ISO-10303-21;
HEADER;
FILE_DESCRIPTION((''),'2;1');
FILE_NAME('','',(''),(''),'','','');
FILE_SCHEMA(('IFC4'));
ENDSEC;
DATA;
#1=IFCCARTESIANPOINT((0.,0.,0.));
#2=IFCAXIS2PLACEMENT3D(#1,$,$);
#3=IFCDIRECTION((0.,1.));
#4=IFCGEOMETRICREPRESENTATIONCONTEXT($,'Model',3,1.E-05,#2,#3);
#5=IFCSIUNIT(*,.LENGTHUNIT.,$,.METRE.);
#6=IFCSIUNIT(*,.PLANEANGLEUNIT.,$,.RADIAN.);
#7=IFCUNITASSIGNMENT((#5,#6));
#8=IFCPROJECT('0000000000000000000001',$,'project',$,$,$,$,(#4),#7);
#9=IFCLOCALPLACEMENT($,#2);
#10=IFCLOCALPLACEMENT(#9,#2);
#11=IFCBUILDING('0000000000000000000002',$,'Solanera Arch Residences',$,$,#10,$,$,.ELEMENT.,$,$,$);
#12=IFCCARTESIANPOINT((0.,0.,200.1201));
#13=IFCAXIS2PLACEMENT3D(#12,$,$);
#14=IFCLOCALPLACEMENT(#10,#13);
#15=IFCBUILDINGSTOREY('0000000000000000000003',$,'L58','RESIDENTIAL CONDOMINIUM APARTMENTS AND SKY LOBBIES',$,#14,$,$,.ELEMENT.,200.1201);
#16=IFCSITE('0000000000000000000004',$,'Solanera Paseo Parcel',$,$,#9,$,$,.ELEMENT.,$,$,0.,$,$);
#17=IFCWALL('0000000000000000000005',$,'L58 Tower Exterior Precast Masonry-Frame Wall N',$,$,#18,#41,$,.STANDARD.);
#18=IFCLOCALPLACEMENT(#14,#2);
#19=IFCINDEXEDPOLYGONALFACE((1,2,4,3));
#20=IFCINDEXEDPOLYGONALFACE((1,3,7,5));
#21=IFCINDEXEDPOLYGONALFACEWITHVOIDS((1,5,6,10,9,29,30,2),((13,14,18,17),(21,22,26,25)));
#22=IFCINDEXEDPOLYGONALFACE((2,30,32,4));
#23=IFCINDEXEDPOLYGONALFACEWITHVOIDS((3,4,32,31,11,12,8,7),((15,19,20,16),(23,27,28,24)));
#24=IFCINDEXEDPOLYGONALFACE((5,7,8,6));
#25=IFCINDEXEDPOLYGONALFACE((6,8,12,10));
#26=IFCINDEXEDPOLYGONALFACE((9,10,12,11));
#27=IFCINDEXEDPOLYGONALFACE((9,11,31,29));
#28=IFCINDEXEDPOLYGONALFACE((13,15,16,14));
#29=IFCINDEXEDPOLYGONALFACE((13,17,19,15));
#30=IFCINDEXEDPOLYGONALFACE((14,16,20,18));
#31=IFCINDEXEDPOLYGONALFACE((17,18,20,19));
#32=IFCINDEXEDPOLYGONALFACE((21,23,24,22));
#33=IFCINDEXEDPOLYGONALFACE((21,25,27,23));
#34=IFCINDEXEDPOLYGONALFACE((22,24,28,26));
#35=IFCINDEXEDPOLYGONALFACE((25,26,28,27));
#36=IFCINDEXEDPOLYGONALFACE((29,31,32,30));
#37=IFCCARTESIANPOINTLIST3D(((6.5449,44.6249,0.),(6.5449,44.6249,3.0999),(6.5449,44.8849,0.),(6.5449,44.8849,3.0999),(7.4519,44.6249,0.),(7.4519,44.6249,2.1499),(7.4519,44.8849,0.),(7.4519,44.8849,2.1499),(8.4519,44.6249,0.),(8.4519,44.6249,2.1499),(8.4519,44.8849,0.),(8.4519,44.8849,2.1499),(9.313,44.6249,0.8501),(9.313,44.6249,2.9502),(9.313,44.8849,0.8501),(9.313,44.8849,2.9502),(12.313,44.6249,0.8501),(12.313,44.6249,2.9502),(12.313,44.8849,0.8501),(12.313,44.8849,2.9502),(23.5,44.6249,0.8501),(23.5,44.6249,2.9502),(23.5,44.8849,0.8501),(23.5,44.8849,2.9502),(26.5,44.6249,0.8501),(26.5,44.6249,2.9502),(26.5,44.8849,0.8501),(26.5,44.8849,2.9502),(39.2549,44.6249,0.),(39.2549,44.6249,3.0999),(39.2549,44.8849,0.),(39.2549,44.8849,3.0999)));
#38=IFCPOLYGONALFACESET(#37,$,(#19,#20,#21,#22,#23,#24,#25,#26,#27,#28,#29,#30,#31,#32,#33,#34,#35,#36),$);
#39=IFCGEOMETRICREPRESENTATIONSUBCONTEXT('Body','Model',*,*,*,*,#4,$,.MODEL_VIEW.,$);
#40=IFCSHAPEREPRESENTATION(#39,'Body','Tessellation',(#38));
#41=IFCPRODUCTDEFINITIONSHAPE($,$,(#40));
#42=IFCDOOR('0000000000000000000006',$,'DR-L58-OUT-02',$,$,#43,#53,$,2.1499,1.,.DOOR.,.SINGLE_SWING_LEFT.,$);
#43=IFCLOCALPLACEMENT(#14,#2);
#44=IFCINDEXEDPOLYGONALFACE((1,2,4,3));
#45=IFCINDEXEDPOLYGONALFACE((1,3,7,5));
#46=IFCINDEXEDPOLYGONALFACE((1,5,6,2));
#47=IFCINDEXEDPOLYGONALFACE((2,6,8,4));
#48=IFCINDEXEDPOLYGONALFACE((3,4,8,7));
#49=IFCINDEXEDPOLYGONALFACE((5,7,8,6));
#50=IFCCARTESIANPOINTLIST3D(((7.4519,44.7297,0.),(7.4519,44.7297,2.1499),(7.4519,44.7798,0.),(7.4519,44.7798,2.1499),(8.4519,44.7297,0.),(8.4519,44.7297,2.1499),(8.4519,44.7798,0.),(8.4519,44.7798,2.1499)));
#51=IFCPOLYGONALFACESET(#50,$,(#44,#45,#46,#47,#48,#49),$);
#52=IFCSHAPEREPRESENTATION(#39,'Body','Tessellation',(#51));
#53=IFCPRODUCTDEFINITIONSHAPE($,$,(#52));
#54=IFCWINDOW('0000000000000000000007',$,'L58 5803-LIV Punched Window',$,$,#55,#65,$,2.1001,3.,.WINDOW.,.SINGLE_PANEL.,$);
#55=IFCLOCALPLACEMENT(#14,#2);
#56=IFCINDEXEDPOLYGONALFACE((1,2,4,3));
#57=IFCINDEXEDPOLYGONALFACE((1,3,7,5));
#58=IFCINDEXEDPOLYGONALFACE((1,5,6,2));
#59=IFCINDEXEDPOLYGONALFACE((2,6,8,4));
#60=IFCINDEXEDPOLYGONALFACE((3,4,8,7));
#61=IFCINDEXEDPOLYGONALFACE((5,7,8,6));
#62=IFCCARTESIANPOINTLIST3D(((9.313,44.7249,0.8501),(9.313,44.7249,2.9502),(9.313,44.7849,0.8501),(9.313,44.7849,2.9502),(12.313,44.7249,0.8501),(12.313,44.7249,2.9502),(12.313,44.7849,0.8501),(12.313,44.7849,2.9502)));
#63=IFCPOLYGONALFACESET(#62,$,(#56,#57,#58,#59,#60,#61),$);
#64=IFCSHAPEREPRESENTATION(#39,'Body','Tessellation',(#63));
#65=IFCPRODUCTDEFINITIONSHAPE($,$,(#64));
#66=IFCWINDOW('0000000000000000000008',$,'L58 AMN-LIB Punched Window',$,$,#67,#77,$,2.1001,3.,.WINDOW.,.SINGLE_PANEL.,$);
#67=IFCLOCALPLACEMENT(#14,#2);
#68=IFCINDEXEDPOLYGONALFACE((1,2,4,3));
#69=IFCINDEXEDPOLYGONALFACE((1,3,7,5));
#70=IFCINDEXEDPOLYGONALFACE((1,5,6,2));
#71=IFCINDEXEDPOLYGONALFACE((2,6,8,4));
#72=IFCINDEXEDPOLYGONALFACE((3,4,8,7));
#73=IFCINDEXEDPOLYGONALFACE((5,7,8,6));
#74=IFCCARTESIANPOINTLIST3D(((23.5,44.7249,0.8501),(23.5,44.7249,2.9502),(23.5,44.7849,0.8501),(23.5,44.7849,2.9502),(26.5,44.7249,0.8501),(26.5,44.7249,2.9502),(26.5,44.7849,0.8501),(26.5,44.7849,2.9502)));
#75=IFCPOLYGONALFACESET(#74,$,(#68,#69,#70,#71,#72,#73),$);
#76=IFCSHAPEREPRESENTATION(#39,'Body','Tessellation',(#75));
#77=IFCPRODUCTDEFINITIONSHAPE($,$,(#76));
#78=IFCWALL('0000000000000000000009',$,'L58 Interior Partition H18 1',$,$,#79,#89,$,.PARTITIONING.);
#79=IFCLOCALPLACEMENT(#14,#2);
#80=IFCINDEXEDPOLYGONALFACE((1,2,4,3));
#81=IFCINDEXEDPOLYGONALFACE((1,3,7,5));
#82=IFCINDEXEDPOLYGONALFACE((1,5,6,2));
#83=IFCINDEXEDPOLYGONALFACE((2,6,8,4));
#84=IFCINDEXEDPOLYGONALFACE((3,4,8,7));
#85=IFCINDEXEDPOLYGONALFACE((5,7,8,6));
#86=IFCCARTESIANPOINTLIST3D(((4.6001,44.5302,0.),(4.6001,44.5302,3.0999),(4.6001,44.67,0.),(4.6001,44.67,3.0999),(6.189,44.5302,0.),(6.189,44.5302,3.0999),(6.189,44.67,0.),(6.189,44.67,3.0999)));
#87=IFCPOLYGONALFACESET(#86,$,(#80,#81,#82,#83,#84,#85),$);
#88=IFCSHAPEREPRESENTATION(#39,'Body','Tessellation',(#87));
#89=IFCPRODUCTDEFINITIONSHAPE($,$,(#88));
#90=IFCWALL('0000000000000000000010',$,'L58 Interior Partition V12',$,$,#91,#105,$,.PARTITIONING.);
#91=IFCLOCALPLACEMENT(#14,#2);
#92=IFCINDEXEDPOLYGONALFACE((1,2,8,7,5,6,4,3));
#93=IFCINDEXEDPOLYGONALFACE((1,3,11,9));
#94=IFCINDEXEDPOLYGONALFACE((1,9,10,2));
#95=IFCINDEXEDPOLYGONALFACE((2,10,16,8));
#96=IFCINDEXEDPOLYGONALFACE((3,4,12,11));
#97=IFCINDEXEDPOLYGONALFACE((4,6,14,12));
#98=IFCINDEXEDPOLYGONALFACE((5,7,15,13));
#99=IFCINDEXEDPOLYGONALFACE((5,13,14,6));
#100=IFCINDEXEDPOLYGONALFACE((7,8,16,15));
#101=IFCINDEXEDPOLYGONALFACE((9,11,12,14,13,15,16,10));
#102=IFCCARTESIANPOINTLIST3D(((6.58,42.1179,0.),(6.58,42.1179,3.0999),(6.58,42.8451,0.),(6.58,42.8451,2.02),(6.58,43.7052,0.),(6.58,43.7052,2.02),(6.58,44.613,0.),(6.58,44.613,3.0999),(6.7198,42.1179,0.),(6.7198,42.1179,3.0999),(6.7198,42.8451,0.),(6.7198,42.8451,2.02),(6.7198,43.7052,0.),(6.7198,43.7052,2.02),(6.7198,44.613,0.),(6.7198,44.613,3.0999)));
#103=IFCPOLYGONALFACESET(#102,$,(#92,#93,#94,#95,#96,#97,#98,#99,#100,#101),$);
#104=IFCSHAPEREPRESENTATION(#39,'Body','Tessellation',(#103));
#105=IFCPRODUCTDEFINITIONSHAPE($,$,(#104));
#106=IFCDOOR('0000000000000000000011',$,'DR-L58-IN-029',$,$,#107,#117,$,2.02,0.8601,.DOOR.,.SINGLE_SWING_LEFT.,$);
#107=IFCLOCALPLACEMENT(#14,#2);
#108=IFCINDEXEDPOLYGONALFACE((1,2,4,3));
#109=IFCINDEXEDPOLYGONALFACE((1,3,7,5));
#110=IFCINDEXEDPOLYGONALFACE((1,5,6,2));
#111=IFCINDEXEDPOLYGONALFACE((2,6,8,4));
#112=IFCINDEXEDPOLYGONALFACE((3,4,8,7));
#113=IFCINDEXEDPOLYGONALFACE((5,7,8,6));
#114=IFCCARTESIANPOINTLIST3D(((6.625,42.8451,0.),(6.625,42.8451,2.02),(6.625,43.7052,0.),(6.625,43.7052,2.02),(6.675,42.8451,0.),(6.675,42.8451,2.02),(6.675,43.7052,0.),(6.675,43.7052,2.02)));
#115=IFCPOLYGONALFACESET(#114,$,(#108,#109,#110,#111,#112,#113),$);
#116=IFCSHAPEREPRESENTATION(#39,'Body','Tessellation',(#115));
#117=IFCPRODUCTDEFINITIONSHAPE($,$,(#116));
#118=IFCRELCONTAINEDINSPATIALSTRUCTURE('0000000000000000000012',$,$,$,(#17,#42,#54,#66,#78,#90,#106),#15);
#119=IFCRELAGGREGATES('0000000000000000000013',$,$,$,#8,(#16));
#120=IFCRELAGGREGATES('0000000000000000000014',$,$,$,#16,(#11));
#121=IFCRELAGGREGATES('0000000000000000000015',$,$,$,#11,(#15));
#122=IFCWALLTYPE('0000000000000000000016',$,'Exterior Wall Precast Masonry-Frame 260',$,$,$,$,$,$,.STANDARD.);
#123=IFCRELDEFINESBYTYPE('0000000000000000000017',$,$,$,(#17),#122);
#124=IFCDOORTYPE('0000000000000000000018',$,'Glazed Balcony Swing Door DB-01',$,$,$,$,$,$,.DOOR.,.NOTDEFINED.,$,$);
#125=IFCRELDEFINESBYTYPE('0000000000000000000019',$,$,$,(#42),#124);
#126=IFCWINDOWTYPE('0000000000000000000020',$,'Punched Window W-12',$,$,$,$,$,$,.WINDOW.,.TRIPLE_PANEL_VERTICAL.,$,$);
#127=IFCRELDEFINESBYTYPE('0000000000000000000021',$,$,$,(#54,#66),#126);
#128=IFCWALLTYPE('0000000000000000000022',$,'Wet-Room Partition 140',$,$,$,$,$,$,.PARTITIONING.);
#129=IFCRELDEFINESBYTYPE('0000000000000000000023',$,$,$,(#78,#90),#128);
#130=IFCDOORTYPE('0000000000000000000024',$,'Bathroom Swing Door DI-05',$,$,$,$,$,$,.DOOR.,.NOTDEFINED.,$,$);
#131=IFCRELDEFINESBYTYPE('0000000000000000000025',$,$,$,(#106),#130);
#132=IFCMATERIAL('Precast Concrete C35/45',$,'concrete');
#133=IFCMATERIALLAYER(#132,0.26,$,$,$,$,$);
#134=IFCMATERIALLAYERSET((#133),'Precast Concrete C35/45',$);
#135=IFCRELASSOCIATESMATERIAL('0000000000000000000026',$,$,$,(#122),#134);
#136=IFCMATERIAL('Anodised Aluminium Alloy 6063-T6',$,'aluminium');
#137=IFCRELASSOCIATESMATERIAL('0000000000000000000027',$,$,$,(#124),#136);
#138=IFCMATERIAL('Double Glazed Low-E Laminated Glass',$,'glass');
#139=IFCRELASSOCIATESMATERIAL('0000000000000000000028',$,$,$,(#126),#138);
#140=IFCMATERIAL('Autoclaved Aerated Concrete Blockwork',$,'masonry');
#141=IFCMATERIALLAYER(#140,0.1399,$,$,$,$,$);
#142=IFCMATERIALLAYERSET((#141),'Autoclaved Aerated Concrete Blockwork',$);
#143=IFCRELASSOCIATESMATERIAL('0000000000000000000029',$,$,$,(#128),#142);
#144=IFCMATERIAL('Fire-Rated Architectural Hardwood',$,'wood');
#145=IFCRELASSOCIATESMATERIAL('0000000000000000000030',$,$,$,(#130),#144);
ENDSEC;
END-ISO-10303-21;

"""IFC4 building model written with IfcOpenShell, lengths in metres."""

from ifc_helpers import new_model, si_unit, direction, frame, frame_2d, origin, place, context, subcontext, project, spatial, rectangle, extrude, material, layer, layer_set, type_object, element, fill, save


model = new_model("IFC4")

# Units and contexts
model_context = context("Model", 3, precision=1e-05, world=origin(), true_north=direction((0.0, 1.0)))
body_context = subcontext(model_context, "Body", "Model", "MODEL_VIEW")
ifc_project = project(units=[si_unit("LENGTHUNIT", "METRE"), si_unit("PLANEANGLEUNIT", "RADIAN")], contexts=[model_context])

# Site, building, storey
site_placement = place(None, origin())
site = spatial("IfcSite", under=ifc_project, at=site_placement, Name="Solanera Paseo Parcel", CompositionType="ELEMENT", RefElevation=0.0)
building_placement = place(site_placement, origin())
building = spatial("IfcBuilding", under=site, at=building_placement, Name="Solanera Arch Residences", CompositionType="ELEMENT")
storey_placement = place(building_placement, frame((0.0, 0.0, 200.1201)))
storey = spatial("IfcBuildingStorey", under=building, at=storey_placement, Name="L58", Description="RESIDENTIAL CONDOMINIUM APARTMENTS AND SKY LOBBIES", CompositionType="ELEMENT", Elevation=200.1201)

# Shared definitions
ifc_material_1 = material(Name="Precast Concrete C35/45", Category="concrete")
ifc_layer_1 = layer(ifc_material_1, 0.26)
ifc_layer_set_1 = layer_set([ifc_layer_1], Name="Precast Concrete C35/45")
wall_type_1 = type_object("IfcWallType", Name="Exterior Wall Precast Masonry-Frame 260", PredefinedType="STANDARD", material=ifc_layer_set_1)

# Wall, openings, door, windows
wall_1_placement = place(storey_placement, frame((6.5449, 44.7549, 0.0), z_axis=(0.0, 0.0, 1.0), x_axis=(1.0, 0.0, 0.0)))
wall_1 = element("IfcWall", 1, at=wall_1_placement, inside=storey, type_object=wall_type_1, Name="L58 Tower Exterior Precast Masonry-Frame Wall N", PredefinedType="STANDARD", context=body_context, shape_type="SweptSolid", body=[
    extrude(rectangle(XDim=32.71, YDim=0.26, at=frame_2d((16.355, 0.0))), origin(), (0.0, 0.0, 1.0), 3.0999),
])
opening_1_placement = place(wall_1_placement, frame((0.907, 0.0, 0.0)))
opening_1 = element("IfcOpeningElement", 2, at=opening_1_placement, cuts=wall_1, PredefinedType="OPENING", context=body_context, shape_type="SweptSolid", body=[
    extrude(rectangle(XDim=1.0, YDim=2.1499, at=frame_2d((0.5, 1.075))), frame((0.0, 0.1399, 0.0), z_axis=(0.0, -1.0, 0.0), x_axis=(1.0, 0.0, 0.0)), (0.0, 0.0, 1.0), 0.28),
])
opening_2_placement = place(wall_1_placement, frame((2.7681, 0.0, 0.8501)))
opening_2 = element("IfcOpeningElement", 3, at=opening_2_placement, cuts=wall_1, PredefinedType="OPENING", context=body_context, shape_type="SweptSolid", body=[
    extrude(rectangle(XDim=3.0, YDim=2.1001, at=frame_2d((1.5, 1.05))), frame((0.0, 0.1399, 0.0), z_axis=(0.0, -1.0, 0.0), x_axis=(1.0, 0.0, 0.0)), (0.0, 0.0, 1.0), 0.28),
])
opening_3_placement = place(wall_1_placement, frame((16.9551, 0.0, 0.8501)))
opening_3 = element("IfcOpeningElement", 4, at=opening_3_placement, cuts=wall_1, PredefinedType="OPENING", context=body_context, shape_type="SweptSolid", body=[
    extrude(rectangle(XDim=3.0, YDim=2.1001, at=frame_2d((1.5, 1.05))), frame((0.0, 0.1399, 0.0), z_axis=(0.0, -1.0, 0.0), x_axis=(1.0, 0.0, 0.0)), (0.0, 0.0, 1.0), 0.28),
])
ifc_material_2 = material(Name="Anodised Aluminium Alloy 6063-T6", Category="aluminium")
door_type_1 = type_object("IfcDoorType", Name="Glazed Balcony Swing Door DB-01", OperationType="NOTDEFINED", PredefinedType="DOOR", material=ifc_material_2)
door_1_placement = place(opening_1_placement, origin())
door_1 = element("IfcDoor", 5, at=door_1_placement, inside=storey, type_object=door_type_1, Name="DR-L58-OUT-02", OperationType="SINGLE_SWING_LEFT", OverallHeight=2.1499, OverallWidth=1.0, PredefinedType="DOOR", context=body_context, shape_type="SweptSolid", body=[
    extrude(rectangle(XDim=1.0, YDim=2.1499, at=frame_2d((0.5, 1.075))), frame((0.0, 0.0249, 0.0), z_axis=(0.0, -1.0, 0.0), x_axis=(1.0, 0.0, 0.0)), (0.0, 0.0, 1.0), 0.05),
])
fill(opening_1, door_1)
ifc_material_3 = material(Name="Double Glazed Low-E Laminated Glass", Category="glass")
window_type = type_object("IfcWindowType", Name="Punched Window W-12", PartitioningType="TRIPLE_PANEL_VERTICAL", PredefinedType="WINDOW", material=ifc_material_3)
window_1_placement = place(opening_2_placement, origin())
window_1 = element("IfcWindow", 6, at=window_1_placement, inside=storey, type_object=window_type, Name="L58 5803-LIV Punched Window", OverallHeight=2.1001, OverallWidth=3.0, PartitioningType="SINGLE_PANEL", PredefinedType="WINDOW", context=body_context, shape_type="SweptSolid", body=[
    extrude(rectangle(XDim=3.0, YDim=2.1001, at=frame_2d((1.5, 1.05))), frame((0.0, 0.03, 0.0), z_axis=(0.0, -1.0, 0.0), x_axis=(1.0, 0.0, 0.0)), (0.0, 0.0, 1.0), 0.0601),
])
fill(opening_2, window_1)
window_2_placement = place(opening_3_placement, origin())
window_2 = element("IfcWindow", 7, at=window_2_placement, inside=storey, type_object=window_type, Name="L58 AMN-LIB Punched Window", OverallHeight=2.1001, OverallWidth=3.0, PartitioningType="SINGLE_PANEL", PredefinedType="WINDOW", context=body_context, shape_type="SweptSolid", body=[
    extrude(rectangle(XDim=3.0, YDim=2.1001, at=frame_2d((1.5, 1.05))), frame((0.0, 0.03, 0.0), z_axis=(0.0, -1.0, 0.0), x_axis=(1.0, 0.0, 0.0)), (0.0, 0.0, 1.0), 0.0601),
])
fill(opening_3, window_2)

# Wall
ifc_material_4 = material(Name="Autoclaved Aerated Concrete Blockwork", Category="masonry")
ifc_layer_2 = layer(ifc_material_4, 0.1399)
ifc_layer_set_2 = layer_set([ifc_layer_2], Name="Autoclaved Aerated Concrete Blockwork")
wall_type_2 = type_object("IfcWallType", Name="Wet-Room Partition 140", PredefinedType="PARTITIONING", material=ifc_layer_set_2)
wall_2_placement = place(storey_placement, frame((4.6001, 44.6001, 0.0), z_axis=(0.0, 0.0, 1.0), x_axis=(1.0, 0.0, 0.0)))
element("IfcWall", 8, at=wall_2_placement, inside=storey, type_object=wall_type_2, Name="L58 Interior Partition H18 1", PredefinedType="PARTITIONING", context=body_context, shape_type="SweptSolid", body=[
    extrude(rectangle(XDim=1.5889, YDim=0.1399, at=frame_2d((0.7944, 0.0))), origin(), (0.0, 0.0, 1.0), 3.0999),
])

# Wall, opening, door
wall_3_placement = place(storey_placement, frame((6.6499, 42.1179, 0.0), z_axis=(0.0, 0.0, 1.0), x_axis=(0.0, 1.0, 0.0)))
wall_3 = element("IfcWall", 9, at=wall_3_placement, inside=storey, type_object=wall_type_2, Name="L58 Interior Partition V12", PredefinedType="PARTITIONING", context=body_context, shape_type="SweptSolid", body=[
    extrude(rectangle(XDim=2.4951, YDim=0.1399, at=frame_2d((1.2476, 0.0))), origin(), (0.0, 0.0, 1.0), 3.0999),
])
opening_4_placement = place(wall_3_placement, frame((0.7271, 0.0, 0.0)))
opening_4 = element("IfcOpeningElement", 10, at=opening_4_placement, cuts=wall_3, PredefinedType="OPENING", context=body_context, shape_type="SweptSolid", body=[
    extrude(rectangle(XDim=0.8601, YDim=2.02, at=frame_2d((0.4302, 1.01))), frame((0.0, 0.0798, 0.0), z_axis=(0.0, -1.0, 0.0), x_axis=(1.0, 0.0, 0.0)), (0.0, 0.0, 1.0), 0.1599),
])
ifc_material_5 = material(Name="Fire-Rated Architectural Hardwood", Category="wood")
door_type_2 = type_object("IfcDoorType", Name="Bathroom Swing Door DI-05", OperationType="NOTDEFINED", PredefinedType="DOOR", material=ifc_material_5)
door_2_placement = place(opening_4_placement, origin())
door_2 = element("IfcDoor", 11, at=door_2_placement, inside=storey, type_object=door_type_2, Name="DR-L58-IN-029", OperationType="SINGLE_SWING_LEFT", OverallHeight=2.02, OverallWidth=0.8601, PredefinedType="DOOR", context=body_context, shape_type="SweptSolid", body=[
    extrude(rectangle(XDim=0.8601, YDim=2.02, at=frame_2d((0.4302, 1.01))), frame((0.0, 0.0249, 0.0), z_axis=(0.0, -1.0, 0.0), x_axis=(1.0, 0.0, 0.0)), (0.0, 0.0, 1.0), 0.05),
])
fill(opening_4, door_2)

save(model, "model.ifc")
